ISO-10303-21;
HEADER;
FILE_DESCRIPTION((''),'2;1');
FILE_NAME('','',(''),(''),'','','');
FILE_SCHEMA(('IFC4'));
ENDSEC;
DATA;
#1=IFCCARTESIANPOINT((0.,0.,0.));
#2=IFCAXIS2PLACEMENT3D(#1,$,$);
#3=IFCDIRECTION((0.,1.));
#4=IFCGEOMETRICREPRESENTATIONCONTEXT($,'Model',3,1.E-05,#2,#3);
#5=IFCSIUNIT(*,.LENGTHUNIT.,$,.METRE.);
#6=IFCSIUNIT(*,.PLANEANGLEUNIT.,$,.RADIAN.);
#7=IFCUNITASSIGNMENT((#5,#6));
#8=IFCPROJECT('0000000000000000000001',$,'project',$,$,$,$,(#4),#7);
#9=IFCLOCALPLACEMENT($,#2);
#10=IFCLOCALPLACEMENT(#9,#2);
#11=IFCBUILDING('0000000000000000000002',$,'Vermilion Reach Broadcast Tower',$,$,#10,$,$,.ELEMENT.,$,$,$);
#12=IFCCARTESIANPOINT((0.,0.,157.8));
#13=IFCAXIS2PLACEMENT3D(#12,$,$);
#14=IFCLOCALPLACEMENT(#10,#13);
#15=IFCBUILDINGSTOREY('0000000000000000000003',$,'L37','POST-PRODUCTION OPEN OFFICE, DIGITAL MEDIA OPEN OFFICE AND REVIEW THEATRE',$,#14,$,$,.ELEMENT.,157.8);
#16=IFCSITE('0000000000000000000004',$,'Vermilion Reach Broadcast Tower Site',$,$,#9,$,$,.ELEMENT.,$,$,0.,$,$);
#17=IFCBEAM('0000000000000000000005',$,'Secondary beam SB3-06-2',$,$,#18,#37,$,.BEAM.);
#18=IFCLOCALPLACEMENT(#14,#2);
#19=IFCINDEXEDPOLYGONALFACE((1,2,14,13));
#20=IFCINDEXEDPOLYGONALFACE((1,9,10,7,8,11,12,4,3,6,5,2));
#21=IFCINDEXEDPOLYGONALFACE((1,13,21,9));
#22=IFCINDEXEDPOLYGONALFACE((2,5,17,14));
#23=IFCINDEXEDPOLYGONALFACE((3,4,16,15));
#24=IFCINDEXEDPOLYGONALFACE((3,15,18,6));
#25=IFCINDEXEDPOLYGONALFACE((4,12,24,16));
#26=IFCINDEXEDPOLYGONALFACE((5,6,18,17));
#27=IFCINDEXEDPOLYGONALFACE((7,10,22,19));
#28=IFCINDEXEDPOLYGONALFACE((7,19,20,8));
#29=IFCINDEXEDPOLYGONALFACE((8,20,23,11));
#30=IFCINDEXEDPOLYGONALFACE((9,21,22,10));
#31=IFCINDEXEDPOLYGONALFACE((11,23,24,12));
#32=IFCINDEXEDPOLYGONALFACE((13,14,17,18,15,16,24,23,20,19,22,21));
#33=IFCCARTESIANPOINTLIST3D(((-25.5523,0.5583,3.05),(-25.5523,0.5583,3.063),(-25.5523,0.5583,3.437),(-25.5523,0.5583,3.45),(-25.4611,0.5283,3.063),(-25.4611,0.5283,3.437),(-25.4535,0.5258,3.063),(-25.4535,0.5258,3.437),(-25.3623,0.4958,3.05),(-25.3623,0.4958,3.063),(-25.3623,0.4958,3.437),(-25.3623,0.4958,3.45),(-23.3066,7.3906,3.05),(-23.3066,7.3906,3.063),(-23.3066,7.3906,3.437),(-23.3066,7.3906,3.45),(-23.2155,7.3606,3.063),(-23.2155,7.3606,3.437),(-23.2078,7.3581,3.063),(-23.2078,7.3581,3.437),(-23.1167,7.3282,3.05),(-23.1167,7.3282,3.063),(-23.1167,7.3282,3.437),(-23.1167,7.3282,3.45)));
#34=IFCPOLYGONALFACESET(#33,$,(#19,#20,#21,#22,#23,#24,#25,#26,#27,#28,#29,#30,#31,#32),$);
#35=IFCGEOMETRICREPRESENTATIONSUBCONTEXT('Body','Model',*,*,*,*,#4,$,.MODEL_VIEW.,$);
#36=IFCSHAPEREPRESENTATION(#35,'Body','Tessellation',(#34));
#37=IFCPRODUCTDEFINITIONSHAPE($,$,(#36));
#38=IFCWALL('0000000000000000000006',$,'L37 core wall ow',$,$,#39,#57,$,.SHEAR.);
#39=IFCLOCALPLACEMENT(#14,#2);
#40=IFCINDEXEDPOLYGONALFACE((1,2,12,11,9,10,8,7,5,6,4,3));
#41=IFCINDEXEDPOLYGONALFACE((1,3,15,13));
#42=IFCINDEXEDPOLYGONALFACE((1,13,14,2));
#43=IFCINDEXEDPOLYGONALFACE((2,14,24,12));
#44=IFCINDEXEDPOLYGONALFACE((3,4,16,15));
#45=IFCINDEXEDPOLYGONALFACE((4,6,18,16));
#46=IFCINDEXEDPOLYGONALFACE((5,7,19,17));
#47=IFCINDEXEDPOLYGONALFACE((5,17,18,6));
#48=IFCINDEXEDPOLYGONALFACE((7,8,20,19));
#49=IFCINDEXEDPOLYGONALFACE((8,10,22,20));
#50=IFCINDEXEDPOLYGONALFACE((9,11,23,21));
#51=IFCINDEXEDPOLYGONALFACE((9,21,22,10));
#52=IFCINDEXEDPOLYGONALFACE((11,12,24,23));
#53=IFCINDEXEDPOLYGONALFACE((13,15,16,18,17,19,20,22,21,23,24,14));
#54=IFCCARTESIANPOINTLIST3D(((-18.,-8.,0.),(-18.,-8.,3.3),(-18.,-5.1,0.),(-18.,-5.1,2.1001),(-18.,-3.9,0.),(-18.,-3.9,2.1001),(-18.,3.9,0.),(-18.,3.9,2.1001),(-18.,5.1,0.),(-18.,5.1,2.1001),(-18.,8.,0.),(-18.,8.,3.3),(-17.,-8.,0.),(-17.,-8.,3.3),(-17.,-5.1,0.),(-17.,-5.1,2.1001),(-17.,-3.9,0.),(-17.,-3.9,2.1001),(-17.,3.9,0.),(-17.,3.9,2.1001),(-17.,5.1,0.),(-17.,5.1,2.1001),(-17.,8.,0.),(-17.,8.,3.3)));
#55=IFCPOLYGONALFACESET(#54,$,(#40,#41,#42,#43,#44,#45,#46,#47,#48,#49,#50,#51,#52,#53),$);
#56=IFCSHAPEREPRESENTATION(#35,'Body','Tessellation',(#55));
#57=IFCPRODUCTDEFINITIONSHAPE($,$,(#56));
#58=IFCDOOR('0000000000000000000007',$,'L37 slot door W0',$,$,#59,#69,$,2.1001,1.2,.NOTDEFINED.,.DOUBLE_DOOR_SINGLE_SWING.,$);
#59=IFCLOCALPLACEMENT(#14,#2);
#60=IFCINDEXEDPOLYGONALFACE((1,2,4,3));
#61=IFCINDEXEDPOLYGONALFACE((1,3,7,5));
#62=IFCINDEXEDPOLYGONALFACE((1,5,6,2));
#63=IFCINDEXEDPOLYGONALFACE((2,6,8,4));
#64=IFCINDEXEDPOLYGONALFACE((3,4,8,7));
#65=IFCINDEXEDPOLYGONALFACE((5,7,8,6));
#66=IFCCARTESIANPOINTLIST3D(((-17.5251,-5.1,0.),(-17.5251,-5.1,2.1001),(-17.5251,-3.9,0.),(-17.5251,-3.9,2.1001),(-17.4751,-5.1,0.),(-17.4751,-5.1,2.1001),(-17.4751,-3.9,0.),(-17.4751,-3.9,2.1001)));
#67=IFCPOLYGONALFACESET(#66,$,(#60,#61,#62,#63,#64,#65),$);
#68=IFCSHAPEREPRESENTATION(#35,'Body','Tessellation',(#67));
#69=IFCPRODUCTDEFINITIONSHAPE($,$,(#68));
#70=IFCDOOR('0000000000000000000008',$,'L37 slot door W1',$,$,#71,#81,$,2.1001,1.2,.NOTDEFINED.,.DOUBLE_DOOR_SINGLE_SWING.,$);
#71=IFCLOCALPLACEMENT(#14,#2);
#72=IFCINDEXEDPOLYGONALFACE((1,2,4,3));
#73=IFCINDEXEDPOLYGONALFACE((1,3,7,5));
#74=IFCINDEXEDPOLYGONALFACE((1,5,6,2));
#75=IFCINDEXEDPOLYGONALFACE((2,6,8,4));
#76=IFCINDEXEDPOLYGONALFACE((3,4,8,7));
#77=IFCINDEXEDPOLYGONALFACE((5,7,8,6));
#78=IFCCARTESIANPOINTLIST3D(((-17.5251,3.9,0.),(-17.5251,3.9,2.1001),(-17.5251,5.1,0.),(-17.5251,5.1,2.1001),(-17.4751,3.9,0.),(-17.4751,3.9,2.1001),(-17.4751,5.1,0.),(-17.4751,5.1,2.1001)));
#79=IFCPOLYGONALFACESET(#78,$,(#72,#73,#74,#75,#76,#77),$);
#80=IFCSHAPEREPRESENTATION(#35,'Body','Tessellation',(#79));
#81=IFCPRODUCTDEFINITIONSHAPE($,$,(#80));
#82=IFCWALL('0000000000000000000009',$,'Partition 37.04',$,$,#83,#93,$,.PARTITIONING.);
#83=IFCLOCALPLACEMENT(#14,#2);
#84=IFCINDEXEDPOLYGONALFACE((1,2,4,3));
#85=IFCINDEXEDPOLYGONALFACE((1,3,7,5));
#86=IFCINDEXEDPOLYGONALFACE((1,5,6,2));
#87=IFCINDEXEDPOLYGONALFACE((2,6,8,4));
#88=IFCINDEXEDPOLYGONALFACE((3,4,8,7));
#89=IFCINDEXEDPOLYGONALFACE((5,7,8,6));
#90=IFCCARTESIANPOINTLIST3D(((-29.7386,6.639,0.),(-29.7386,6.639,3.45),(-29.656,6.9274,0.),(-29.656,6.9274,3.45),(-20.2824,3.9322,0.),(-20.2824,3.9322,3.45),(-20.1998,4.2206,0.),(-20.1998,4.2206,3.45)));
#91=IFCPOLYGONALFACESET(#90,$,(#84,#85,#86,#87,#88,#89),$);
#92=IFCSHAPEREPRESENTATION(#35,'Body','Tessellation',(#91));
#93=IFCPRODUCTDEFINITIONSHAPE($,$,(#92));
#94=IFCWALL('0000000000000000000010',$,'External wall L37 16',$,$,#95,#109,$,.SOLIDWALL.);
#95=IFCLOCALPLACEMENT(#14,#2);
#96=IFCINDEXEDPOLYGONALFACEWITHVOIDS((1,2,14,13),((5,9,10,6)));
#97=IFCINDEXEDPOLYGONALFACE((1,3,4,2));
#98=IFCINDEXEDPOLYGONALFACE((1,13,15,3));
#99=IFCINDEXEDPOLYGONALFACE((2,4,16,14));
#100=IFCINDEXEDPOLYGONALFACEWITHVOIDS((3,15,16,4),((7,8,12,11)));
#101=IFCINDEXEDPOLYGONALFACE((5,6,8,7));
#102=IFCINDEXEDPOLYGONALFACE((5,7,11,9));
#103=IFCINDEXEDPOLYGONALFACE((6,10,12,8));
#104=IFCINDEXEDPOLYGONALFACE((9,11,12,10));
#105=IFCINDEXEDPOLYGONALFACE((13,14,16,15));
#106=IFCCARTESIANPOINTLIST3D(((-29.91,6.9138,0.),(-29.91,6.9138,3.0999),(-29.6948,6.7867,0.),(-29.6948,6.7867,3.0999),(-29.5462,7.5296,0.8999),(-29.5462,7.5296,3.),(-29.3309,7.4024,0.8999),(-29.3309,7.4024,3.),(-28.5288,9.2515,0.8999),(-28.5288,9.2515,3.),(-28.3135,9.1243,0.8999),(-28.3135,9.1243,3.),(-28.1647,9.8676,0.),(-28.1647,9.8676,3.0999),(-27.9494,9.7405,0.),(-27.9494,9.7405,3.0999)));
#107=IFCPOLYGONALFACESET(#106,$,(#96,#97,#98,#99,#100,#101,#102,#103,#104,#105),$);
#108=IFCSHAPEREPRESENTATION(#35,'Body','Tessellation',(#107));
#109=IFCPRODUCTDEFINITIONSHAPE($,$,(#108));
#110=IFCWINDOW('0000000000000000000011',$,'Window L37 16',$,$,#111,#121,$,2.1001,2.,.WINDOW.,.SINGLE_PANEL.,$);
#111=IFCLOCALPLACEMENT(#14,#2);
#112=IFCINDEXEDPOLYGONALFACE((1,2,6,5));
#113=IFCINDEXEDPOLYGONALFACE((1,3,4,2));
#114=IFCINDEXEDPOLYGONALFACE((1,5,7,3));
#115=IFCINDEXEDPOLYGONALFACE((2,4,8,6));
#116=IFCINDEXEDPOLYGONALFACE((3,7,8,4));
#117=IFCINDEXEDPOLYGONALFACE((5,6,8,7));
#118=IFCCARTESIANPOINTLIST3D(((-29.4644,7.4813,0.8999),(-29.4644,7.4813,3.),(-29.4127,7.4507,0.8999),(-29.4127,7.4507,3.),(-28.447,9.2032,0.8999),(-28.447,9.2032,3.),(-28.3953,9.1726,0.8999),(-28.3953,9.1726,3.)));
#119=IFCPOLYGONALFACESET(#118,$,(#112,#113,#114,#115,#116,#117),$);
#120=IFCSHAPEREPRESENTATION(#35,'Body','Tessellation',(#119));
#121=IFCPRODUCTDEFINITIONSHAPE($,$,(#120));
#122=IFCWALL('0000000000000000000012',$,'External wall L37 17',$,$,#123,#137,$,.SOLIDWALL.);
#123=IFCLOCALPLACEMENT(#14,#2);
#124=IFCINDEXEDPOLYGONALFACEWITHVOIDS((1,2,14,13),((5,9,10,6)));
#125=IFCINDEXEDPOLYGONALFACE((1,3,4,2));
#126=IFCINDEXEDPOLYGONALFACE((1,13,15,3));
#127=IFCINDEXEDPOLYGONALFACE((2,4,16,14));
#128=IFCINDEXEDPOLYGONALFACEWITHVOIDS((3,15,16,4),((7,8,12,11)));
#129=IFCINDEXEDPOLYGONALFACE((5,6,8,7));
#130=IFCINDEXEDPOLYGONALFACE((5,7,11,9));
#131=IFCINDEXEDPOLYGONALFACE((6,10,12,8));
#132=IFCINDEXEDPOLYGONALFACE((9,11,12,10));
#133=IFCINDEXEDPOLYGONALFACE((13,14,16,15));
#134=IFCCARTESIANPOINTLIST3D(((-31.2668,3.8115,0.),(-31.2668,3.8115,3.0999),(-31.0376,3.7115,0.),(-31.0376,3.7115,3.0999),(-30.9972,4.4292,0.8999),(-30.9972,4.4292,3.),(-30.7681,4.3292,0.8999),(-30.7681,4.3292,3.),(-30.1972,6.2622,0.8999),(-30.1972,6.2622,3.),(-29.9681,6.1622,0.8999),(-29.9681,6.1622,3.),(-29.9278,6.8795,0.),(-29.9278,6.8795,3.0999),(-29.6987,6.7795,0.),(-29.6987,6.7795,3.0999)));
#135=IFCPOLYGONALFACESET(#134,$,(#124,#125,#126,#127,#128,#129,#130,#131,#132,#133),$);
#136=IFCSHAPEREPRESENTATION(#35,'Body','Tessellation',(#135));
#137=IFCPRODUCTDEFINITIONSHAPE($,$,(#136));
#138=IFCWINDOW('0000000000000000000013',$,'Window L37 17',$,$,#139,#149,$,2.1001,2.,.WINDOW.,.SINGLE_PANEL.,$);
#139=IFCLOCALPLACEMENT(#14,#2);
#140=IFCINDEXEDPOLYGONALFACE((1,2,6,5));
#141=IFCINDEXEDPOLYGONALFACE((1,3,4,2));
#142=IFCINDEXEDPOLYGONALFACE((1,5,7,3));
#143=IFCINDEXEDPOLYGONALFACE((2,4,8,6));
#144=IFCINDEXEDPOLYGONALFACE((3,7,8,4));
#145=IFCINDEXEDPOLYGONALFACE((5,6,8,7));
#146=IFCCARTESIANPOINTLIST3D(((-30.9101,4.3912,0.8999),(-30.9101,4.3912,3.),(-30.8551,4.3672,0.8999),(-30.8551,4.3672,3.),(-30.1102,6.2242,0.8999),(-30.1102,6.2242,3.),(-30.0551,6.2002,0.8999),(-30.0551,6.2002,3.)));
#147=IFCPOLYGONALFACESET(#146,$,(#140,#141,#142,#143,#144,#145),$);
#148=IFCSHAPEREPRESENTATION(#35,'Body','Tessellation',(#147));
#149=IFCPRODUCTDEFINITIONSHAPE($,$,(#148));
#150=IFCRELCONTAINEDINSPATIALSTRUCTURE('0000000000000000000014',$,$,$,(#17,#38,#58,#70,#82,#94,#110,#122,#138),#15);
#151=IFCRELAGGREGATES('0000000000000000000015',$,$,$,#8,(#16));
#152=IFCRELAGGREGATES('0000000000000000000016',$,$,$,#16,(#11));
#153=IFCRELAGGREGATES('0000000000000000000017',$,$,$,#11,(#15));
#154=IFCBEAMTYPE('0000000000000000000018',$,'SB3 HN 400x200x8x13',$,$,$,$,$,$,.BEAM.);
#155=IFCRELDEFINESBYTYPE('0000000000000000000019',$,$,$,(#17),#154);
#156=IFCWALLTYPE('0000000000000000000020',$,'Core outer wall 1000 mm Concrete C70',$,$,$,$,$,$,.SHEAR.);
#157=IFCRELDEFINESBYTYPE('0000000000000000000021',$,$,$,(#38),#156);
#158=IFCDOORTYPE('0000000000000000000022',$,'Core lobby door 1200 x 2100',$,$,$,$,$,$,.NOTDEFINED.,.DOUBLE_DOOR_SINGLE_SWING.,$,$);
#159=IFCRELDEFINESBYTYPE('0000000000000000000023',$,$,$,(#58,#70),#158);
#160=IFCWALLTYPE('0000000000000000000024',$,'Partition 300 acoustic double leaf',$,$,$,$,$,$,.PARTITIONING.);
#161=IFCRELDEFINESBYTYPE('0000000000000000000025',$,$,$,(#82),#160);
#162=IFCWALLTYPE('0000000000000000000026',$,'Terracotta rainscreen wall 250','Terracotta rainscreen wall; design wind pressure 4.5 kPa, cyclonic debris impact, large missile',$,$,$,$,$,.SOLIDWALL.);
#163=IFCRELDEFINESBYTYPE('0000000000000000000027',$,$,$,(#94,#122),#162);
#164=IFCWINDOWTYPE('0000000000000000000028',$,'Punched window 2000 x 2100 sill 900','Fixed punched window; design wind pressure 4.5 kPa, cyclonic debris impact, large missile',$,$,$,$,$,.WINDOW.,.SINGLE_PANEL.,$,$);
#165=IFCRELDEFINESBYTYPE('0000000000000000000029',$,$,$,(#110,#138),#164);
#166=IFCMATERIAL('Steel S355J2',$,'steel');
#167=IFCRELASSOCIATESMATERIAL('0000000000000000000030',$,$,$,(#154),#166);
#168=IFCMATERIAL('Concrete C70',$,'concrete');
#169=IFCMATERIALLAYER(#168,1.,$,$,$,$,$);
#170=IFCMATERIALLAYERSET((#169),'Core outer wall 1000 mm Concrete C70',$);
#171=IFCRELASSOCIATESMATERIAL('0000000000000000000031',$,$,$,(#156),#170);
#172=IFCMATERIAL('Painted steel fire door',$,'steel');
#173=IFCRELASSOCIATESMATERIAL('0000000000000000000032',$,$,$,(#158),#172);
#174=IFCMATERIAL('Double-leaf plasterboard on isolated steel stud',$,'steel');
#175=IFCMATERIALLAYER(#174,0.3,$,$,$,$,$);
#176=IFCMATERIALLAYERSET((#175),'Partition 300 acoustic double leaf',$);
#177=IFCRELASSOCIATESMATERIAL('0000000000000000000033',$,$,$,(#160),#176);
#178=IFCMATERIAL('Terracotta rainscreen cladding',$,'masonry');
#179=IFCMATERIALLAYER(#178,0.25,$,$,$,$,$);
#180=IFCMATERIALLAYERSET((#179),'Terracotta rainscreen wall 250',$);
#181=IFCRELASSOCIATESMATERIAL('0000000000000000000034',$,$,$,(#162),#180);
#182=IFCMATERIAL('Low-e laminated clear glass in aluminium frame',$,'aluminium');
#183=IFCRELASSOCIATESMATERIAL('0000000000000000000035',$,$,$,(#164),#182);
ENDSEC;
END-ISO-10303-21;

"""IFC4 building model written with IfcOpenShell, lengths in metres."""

from ifc_helpers import new_model, si_unit, direction, frame, frame_2d, origin, origin_2d, place, context, subcontext, project, spatial, rectangle, i_section, extrude, material, layer, layer_set, material_profile, profile_set, type_object, element, fill, save


model = new_model("IFC4")

# Units and contexts
model_context = context("Model", 3, precision=1e-05, world=origin(), true_north=direction((0.0, 1.0)))
body_context = subcontext(model_context, "Body", "Model", "MODEL_VIEW")
ifc_project = project(units=[si_unit("LENGTHUNIT", "METRE"), si_unit("PLANEANGLEUNIT", "RADIAN")], contexts=[model_context])

# Site, building, storey
site_placement = place(None, origin())
site = spatial("IfcSite", under=ifc_project, at=site_placement, Name="Vermilion Reach Broadcast Tower Site", CompositionType="ELEMENT", RefElevation=0.0)
building_placement = place(site_placement, origin())
building = spatial("IfcBuilding", under=site, at=building_placement, Name="Vermilion Reach Broadcast Tower", CompositionType="ELEMENT")
storey_placement = place(building_placement, frame((0.0, 0.0, 157.8)))
storey = spatial("IfcBuildingStorey", under=building, at=storey_placement, Name="L37", Description="POST-PRODUCTION OPEN OFFICE, DIGITAL MEDIA OPEN OFFICE AND REVIEW THEATRE", CompositionType="ELEMENT", Elevation=157.8)

# Beam
ifc_material_1 = material(Name="Steel S355J2", Category="steel")
ifc_material_profile_1 = material_profile(ifc_material_1, i_section(OverallWidth=0.2, OverallDepth=0.3999, WebThickness=0.0081, FlangeThickness=0.0129, at=origin_2d()), Name="S355J2 HN 400x200x8x13")
ifc_profile_set_1 = profile_set([ifc_material_profile_1], Name="Steel S355J2")
beam_type_1 = type_object("IfcBeamType", Name="SB3 HN 400x200x8x13", PredefinedType="BEAM", material=ifc_profile_set_1)
beam_1_placement = place(storey_placement, frame((-23.2117, 7.3594, 3.25), z_axis=(-0.312243, -0.950002, 0.0), x_axis=(0.950002, -0.312243, 0.0)))
element("IfcBeam", 1, at=beam_1_placement, inside=storey, type_object=beam_type_1, Name="Secondary beam SB3-06-2", PredefinedType="BEAM", context=body_context, shape_type="SweptSolid", body=[
    extrude(i_section(OverallWidth=0.2, OverallDepth=0.3999, WebThickness=0.0081, FlangeThickness=0.0129, at=origin_2d()), origin(), (0.0, 0.0, 1.0), 7.1919),
])

# Wall, openings, doors
ifc_material_2 = material(Name="Concrete C70", Category="concrete")
ifc_layer_1 = layer(ifc_material_2, 1.0)
ifc_layer_set_1 = layer_set([ifc_layer_1], Name="Core outer wall 1000 mm Concrete C70")
wall_type_1 = type_object("IfcWallType", Name="Core outer wall 1000 mm Concrete C70", PredefinedType="SHEAR", material=ifc_layer_set_1)
wall_1_placement = place(storey_placement, frame((-17.5, 8.0, 0.0), z_axis=(0.0, 0.0, 1.0), x_axis=(0.0, -1.0, 0.0)))
wall_1 = element("IfcWall", 2, at=wall_1_placement, inside=storey, type_object=wall_type_1, Name="L37 core wall ow", PredefinedType="SHEAR", context=body_context, shape_type="SweptSolid", body=[
    extrude(rectangle(XDim=16.0, YDim=1.0, at=frame_2d((8.0, 0.0))), origin(), (0.0, 0.0, 1.0), 3.3),
])
opening_1_placement = place(wall_1_placement, frame((11.8999, 0.0, 0.0)))
opening_1 = element("IfcOpeningElement", 3, at=opening_1_placement, cuts=wall_1, PredefinedType="OPENING", context=body_context, shape_type="SweptSolid", body=[
    extrude(rectangle(XDim=1.2, YDim=2.1001, at=frame_2d((0.6001, 1.05))), frame((0.0, 0.51, 0.0), z_axis=(0.0, -1.0, 0.0), x_axis=(1.0, 0.0, 0.0)), (0.0, 0.0, 1.0), 1.02),
])
opening_2_placement = place(wall_1_placement, frame((2.8999, 0.0, 0.0)))
opening_2 = element("IfcOpeningElement", 4, at=opening_2_placement, cuts=wall_1, PredefinedType="OPENING", context=body_context, shape_type="SweptSolid", body=[
    extrude(rectangle(XDim=1.2, YDim=2.1001, at=frame_2d((0.6001, 1.05))), frame((0.0, 0.51, 0.0), z_axis=(0.0, -1.0, 0.0), x_axis=(1.0, 0.0, 0.0)), (0.0, 0.0, 1.0), 1.02),
])
ifc_material_3 = material(Name="Painted steel fire door", Category="steel")
door_type = type_object("IfcDoorType", Name="Core lobby door 1200 x 2100", OperationType="DOUBLE_DOOR_SINGLE_SWING", PredefinedType="NOTDEFINED", material=ifc_material_3)
door_1_placement = place(opening_1_placement, origin())
door_1 = element("IfcDoor", 5, at=door_1_placement, inside=storey, type_object=door_type, Name="L37 slot door W0", OperationType="DOUBLE_DOOR_SINGLE_SWING", OverallHeight=2.1001, OverallWidth=1.2, PredefinedType="NOTDEFINED", context=body_context, shape_type="SweptSolid", body=[
    extrude(rectangle(XDim=1.2, YDim=2.1001, at=frame_2d((0.6001, 1.05))), frame((0.0, 0.0249, 0.0), z_axis=(0.0, -1.0, 0.0), x_axis=(1.0, 0.0, 0.0)), (0.0, 0.0, 1.0), 0.05),
])
fill(opening_1, door_1)
door_2_placement = place(opening_2_placement, origin())
door_2 = element("IfcDoor", 6, at=door_2_placement, inside=storey, type_object=door_type, Name="L37 slot door W1", OperationType="DOUBLE_DOOR_SINGLE_SWING", OverallHeight=2.1001, OverallWidth=1.2, PredefinedType="NOTDEFINED", context=body_context, shape_type="SweptSolid", body=[
    extrude(rectangle(XDim=1.2, YDim=2.1001, at=frame_2d((0.6001, 1.05))), frame((0.0, 0.0249, 0.0), z_axis=(0.0, -1.0, 0.0), x_axis=(1.0, 0.0, 0.0)), (0.0, 0.0, 1.0), 0.05),
])
fill(opening_2, door_2)

# Wall
ifc_material_4 = material(Name="Double-leaf plasterboard on isolated steel stud", Category="steel")
ifc_layer_2 = layer(ifc_material_4, 0.3)
ifc_layer_set_2 = layer_set([ifc_layer_2], Name="Partition 300 acoustic double leaf")
wall_type_2 = type_object("IfcWallType", Name="Partition 300 acoustic double leaf", PredefinedType="PARTITIONING", material=ifc_layer_set_2)
wall_2_placement = place(storey_placement, frame((-29.6973, 6.7832, 0.0), z_axis=(0.0, 0.0, 1.0), x_axis=(0.961388, -0.275196, 0.0)))
element("IfcWall", 7, at=wall_2_placement, inside=storey, type_object=wall_type_2, Name="Partition 37.04", PredefinedType="PARTITIONING", context=body_context, shape_type="SweptSolid", body=[
    extrude(rectangle(XDim=9.8359, YDim=0.3, at=frame_2d((4.918, 0.0))), origin(), (0.0, 0.0, 1.0), 3.45),
])

# Walls, openings, windows
ifc_material_5 = material(Name="Terracotta rainscreen cladding", Category="masonry")
ifc_layer_3 = layer(ifc_material_5, 0.25)
ifc_layer_set_3 = layer_set([ifc_layer_3], Name="Terracotta rainscreen wall 250")
wall_type_3 = type_object("IfcWallType", Name="Terracotta rainscreen wall 250", Description="Terracotta rainscreen wall; design wind pressure 4.5 kPa, cyclonic debris impact, large missile", PredefinedType="SOLIDWALL", material=ifc_layer_set_3)
wall_3_placement = place(storey_placement, frame((-28.0571, 9.804, 0.0), z_axis=(0.0, 0.0, 1.0), x_axis=(-0.508708, -0.860939, 0.0)))
wall_3 = element("IfcWall", 8, at=wall_3_placement, inside=storey, type_object=wall_type_3, Name="External wall L37 16", PredefinedType="SOLIDWALL", context=body_context, shape_type="SweptSolid", body=[
    extrude(rectangle(XDim=3.4309, YDim=0.25, at=frame_2d((1.7153, 0.0))), origin(), (0.0, 0.0, 1.0), 3.0999),
])
opening_3_placement = place(wall_3_placement, frame((0.7156, 0.0, 0.8999)))
opening_3 = element("IfcOpeningElement", 9, at=opening_3_placement, cuts=wall_3, PredefinedType="OPENING", context=body_context, shape_type="SweptSolid", body=[
    extrude(rectangle(XDim=2.0, YDim=2.1001, at=frame_2d((1.0, 1.05))), frame((0.0, 0.135, 0.0), z_axis=(0.0, -1.0, 0.0), x_axis=(1.0, 0.0, 0.0)), (0.0, 0.0, 1.0), 0.27),
])
ifc_material_6 = material(Name="Low-e laminated clear glass in aluminium frame", Category="aluminium")
window_type = type_object("IfcWindowType", Name="Punched window 2000 x 2100 sill 900", Description="Fixed punched window; design wind pressure 4.5 kPa, cyclonic debris impact, large missile", PartitioningType="SINGLE_PANEL", PredefinedType="WINDOW", material=ifc_material_6)
window_1_placement = place(opening_3_placement, origin())
window_1 = element("IfcWindow", 10, at=window_1_placement, inside=storey, type_object=window_type, Name="Window L37 16", OverallHeight=2.1001, OverallWidth=2.0, PartitioningType="SINGLE_PANEL", PredefinedType="WINDOW", context=body_context, shape_type="SweptSolid", body=[
    extrude(rectangle(XDim=2.0, YDim=2.1001, at=frame_2d((1.0, 1.05))), frame((0.0, 0.03, 0.0), z_axis=(0.0, -1.0, 0.0), x_axis=(1.0, 0.0, 0.0)), (0.0, 0.0, 1.0), 0.0601),
])
fill(opening_3, window_1)
wall_4_placement = place(storey_placement, frame((-29.8132, 6.8296, 0.0), z_axis=(0.0, 0.0, 1.0), x_axis=(-0.399985, -0.916522, 0.0)))
wall_4 = element("IfcWall", 11, at=wall_4_placement, inside=storey, type_object=wall_type_3, Name="External wall L37 17", PredefinedType="SOLIDWALL", context=body_context, shape_type="SweptSolid", body=[
    extrude(rectangle(XDim=3.3474, YDim=0.25, at=frame_2d((1.6738, 0.0))), origin(), (0.0, 0.0, 1.0), 3.0999),
])
opening_4_placement = place(wall_4_placement, frame((0.6736, 0.0, 0.8999)))
opening_4 = element("IfcOpeningElement", 12, at=opening_4_placement, cuts=wall_4, PredefinedType="OPENING", context=body_context, shape_type="SweptSolid", body=[
    extrude(rectangle(XDim=2.0, YDim=2.1001, at=frame_2d((1.0, 1.05))), frame((0.0, 0.135, 0.0), z_axis=(0.0, -1.0, 0.0), x_axis=(1.0, 0.0, 0.0)), (0.0, 0.0, 1.0), 0.27),
])
window_2_placement = place(opening_4_placement, origin())
window_2 = element("IfcWindow", 13, at=window_2_placement, inside=storey, type_object=window_type, Name="Window L37 17", OverallHeight=2.1001, OverallWidth=2.0, PartitioningType="SINGLE_PANEL", PredefinedType="WINDOW", context=body_context, shape_type="SweptSolid", body=[
    extrude(rectangle(XDim=2.0, YDim=2.1001, at=frame_2d((1.0, 1.05))), frame((0.0, 0.03, 0.0), z_axis=(0.0, -1.0, 0.0), x_axis=(1.0, 0.0, 0.0)), (0.0, 0.0, 1.0), 0.0601),
])
fill(opening_4, window_2)

save(model, "model.ifc")
